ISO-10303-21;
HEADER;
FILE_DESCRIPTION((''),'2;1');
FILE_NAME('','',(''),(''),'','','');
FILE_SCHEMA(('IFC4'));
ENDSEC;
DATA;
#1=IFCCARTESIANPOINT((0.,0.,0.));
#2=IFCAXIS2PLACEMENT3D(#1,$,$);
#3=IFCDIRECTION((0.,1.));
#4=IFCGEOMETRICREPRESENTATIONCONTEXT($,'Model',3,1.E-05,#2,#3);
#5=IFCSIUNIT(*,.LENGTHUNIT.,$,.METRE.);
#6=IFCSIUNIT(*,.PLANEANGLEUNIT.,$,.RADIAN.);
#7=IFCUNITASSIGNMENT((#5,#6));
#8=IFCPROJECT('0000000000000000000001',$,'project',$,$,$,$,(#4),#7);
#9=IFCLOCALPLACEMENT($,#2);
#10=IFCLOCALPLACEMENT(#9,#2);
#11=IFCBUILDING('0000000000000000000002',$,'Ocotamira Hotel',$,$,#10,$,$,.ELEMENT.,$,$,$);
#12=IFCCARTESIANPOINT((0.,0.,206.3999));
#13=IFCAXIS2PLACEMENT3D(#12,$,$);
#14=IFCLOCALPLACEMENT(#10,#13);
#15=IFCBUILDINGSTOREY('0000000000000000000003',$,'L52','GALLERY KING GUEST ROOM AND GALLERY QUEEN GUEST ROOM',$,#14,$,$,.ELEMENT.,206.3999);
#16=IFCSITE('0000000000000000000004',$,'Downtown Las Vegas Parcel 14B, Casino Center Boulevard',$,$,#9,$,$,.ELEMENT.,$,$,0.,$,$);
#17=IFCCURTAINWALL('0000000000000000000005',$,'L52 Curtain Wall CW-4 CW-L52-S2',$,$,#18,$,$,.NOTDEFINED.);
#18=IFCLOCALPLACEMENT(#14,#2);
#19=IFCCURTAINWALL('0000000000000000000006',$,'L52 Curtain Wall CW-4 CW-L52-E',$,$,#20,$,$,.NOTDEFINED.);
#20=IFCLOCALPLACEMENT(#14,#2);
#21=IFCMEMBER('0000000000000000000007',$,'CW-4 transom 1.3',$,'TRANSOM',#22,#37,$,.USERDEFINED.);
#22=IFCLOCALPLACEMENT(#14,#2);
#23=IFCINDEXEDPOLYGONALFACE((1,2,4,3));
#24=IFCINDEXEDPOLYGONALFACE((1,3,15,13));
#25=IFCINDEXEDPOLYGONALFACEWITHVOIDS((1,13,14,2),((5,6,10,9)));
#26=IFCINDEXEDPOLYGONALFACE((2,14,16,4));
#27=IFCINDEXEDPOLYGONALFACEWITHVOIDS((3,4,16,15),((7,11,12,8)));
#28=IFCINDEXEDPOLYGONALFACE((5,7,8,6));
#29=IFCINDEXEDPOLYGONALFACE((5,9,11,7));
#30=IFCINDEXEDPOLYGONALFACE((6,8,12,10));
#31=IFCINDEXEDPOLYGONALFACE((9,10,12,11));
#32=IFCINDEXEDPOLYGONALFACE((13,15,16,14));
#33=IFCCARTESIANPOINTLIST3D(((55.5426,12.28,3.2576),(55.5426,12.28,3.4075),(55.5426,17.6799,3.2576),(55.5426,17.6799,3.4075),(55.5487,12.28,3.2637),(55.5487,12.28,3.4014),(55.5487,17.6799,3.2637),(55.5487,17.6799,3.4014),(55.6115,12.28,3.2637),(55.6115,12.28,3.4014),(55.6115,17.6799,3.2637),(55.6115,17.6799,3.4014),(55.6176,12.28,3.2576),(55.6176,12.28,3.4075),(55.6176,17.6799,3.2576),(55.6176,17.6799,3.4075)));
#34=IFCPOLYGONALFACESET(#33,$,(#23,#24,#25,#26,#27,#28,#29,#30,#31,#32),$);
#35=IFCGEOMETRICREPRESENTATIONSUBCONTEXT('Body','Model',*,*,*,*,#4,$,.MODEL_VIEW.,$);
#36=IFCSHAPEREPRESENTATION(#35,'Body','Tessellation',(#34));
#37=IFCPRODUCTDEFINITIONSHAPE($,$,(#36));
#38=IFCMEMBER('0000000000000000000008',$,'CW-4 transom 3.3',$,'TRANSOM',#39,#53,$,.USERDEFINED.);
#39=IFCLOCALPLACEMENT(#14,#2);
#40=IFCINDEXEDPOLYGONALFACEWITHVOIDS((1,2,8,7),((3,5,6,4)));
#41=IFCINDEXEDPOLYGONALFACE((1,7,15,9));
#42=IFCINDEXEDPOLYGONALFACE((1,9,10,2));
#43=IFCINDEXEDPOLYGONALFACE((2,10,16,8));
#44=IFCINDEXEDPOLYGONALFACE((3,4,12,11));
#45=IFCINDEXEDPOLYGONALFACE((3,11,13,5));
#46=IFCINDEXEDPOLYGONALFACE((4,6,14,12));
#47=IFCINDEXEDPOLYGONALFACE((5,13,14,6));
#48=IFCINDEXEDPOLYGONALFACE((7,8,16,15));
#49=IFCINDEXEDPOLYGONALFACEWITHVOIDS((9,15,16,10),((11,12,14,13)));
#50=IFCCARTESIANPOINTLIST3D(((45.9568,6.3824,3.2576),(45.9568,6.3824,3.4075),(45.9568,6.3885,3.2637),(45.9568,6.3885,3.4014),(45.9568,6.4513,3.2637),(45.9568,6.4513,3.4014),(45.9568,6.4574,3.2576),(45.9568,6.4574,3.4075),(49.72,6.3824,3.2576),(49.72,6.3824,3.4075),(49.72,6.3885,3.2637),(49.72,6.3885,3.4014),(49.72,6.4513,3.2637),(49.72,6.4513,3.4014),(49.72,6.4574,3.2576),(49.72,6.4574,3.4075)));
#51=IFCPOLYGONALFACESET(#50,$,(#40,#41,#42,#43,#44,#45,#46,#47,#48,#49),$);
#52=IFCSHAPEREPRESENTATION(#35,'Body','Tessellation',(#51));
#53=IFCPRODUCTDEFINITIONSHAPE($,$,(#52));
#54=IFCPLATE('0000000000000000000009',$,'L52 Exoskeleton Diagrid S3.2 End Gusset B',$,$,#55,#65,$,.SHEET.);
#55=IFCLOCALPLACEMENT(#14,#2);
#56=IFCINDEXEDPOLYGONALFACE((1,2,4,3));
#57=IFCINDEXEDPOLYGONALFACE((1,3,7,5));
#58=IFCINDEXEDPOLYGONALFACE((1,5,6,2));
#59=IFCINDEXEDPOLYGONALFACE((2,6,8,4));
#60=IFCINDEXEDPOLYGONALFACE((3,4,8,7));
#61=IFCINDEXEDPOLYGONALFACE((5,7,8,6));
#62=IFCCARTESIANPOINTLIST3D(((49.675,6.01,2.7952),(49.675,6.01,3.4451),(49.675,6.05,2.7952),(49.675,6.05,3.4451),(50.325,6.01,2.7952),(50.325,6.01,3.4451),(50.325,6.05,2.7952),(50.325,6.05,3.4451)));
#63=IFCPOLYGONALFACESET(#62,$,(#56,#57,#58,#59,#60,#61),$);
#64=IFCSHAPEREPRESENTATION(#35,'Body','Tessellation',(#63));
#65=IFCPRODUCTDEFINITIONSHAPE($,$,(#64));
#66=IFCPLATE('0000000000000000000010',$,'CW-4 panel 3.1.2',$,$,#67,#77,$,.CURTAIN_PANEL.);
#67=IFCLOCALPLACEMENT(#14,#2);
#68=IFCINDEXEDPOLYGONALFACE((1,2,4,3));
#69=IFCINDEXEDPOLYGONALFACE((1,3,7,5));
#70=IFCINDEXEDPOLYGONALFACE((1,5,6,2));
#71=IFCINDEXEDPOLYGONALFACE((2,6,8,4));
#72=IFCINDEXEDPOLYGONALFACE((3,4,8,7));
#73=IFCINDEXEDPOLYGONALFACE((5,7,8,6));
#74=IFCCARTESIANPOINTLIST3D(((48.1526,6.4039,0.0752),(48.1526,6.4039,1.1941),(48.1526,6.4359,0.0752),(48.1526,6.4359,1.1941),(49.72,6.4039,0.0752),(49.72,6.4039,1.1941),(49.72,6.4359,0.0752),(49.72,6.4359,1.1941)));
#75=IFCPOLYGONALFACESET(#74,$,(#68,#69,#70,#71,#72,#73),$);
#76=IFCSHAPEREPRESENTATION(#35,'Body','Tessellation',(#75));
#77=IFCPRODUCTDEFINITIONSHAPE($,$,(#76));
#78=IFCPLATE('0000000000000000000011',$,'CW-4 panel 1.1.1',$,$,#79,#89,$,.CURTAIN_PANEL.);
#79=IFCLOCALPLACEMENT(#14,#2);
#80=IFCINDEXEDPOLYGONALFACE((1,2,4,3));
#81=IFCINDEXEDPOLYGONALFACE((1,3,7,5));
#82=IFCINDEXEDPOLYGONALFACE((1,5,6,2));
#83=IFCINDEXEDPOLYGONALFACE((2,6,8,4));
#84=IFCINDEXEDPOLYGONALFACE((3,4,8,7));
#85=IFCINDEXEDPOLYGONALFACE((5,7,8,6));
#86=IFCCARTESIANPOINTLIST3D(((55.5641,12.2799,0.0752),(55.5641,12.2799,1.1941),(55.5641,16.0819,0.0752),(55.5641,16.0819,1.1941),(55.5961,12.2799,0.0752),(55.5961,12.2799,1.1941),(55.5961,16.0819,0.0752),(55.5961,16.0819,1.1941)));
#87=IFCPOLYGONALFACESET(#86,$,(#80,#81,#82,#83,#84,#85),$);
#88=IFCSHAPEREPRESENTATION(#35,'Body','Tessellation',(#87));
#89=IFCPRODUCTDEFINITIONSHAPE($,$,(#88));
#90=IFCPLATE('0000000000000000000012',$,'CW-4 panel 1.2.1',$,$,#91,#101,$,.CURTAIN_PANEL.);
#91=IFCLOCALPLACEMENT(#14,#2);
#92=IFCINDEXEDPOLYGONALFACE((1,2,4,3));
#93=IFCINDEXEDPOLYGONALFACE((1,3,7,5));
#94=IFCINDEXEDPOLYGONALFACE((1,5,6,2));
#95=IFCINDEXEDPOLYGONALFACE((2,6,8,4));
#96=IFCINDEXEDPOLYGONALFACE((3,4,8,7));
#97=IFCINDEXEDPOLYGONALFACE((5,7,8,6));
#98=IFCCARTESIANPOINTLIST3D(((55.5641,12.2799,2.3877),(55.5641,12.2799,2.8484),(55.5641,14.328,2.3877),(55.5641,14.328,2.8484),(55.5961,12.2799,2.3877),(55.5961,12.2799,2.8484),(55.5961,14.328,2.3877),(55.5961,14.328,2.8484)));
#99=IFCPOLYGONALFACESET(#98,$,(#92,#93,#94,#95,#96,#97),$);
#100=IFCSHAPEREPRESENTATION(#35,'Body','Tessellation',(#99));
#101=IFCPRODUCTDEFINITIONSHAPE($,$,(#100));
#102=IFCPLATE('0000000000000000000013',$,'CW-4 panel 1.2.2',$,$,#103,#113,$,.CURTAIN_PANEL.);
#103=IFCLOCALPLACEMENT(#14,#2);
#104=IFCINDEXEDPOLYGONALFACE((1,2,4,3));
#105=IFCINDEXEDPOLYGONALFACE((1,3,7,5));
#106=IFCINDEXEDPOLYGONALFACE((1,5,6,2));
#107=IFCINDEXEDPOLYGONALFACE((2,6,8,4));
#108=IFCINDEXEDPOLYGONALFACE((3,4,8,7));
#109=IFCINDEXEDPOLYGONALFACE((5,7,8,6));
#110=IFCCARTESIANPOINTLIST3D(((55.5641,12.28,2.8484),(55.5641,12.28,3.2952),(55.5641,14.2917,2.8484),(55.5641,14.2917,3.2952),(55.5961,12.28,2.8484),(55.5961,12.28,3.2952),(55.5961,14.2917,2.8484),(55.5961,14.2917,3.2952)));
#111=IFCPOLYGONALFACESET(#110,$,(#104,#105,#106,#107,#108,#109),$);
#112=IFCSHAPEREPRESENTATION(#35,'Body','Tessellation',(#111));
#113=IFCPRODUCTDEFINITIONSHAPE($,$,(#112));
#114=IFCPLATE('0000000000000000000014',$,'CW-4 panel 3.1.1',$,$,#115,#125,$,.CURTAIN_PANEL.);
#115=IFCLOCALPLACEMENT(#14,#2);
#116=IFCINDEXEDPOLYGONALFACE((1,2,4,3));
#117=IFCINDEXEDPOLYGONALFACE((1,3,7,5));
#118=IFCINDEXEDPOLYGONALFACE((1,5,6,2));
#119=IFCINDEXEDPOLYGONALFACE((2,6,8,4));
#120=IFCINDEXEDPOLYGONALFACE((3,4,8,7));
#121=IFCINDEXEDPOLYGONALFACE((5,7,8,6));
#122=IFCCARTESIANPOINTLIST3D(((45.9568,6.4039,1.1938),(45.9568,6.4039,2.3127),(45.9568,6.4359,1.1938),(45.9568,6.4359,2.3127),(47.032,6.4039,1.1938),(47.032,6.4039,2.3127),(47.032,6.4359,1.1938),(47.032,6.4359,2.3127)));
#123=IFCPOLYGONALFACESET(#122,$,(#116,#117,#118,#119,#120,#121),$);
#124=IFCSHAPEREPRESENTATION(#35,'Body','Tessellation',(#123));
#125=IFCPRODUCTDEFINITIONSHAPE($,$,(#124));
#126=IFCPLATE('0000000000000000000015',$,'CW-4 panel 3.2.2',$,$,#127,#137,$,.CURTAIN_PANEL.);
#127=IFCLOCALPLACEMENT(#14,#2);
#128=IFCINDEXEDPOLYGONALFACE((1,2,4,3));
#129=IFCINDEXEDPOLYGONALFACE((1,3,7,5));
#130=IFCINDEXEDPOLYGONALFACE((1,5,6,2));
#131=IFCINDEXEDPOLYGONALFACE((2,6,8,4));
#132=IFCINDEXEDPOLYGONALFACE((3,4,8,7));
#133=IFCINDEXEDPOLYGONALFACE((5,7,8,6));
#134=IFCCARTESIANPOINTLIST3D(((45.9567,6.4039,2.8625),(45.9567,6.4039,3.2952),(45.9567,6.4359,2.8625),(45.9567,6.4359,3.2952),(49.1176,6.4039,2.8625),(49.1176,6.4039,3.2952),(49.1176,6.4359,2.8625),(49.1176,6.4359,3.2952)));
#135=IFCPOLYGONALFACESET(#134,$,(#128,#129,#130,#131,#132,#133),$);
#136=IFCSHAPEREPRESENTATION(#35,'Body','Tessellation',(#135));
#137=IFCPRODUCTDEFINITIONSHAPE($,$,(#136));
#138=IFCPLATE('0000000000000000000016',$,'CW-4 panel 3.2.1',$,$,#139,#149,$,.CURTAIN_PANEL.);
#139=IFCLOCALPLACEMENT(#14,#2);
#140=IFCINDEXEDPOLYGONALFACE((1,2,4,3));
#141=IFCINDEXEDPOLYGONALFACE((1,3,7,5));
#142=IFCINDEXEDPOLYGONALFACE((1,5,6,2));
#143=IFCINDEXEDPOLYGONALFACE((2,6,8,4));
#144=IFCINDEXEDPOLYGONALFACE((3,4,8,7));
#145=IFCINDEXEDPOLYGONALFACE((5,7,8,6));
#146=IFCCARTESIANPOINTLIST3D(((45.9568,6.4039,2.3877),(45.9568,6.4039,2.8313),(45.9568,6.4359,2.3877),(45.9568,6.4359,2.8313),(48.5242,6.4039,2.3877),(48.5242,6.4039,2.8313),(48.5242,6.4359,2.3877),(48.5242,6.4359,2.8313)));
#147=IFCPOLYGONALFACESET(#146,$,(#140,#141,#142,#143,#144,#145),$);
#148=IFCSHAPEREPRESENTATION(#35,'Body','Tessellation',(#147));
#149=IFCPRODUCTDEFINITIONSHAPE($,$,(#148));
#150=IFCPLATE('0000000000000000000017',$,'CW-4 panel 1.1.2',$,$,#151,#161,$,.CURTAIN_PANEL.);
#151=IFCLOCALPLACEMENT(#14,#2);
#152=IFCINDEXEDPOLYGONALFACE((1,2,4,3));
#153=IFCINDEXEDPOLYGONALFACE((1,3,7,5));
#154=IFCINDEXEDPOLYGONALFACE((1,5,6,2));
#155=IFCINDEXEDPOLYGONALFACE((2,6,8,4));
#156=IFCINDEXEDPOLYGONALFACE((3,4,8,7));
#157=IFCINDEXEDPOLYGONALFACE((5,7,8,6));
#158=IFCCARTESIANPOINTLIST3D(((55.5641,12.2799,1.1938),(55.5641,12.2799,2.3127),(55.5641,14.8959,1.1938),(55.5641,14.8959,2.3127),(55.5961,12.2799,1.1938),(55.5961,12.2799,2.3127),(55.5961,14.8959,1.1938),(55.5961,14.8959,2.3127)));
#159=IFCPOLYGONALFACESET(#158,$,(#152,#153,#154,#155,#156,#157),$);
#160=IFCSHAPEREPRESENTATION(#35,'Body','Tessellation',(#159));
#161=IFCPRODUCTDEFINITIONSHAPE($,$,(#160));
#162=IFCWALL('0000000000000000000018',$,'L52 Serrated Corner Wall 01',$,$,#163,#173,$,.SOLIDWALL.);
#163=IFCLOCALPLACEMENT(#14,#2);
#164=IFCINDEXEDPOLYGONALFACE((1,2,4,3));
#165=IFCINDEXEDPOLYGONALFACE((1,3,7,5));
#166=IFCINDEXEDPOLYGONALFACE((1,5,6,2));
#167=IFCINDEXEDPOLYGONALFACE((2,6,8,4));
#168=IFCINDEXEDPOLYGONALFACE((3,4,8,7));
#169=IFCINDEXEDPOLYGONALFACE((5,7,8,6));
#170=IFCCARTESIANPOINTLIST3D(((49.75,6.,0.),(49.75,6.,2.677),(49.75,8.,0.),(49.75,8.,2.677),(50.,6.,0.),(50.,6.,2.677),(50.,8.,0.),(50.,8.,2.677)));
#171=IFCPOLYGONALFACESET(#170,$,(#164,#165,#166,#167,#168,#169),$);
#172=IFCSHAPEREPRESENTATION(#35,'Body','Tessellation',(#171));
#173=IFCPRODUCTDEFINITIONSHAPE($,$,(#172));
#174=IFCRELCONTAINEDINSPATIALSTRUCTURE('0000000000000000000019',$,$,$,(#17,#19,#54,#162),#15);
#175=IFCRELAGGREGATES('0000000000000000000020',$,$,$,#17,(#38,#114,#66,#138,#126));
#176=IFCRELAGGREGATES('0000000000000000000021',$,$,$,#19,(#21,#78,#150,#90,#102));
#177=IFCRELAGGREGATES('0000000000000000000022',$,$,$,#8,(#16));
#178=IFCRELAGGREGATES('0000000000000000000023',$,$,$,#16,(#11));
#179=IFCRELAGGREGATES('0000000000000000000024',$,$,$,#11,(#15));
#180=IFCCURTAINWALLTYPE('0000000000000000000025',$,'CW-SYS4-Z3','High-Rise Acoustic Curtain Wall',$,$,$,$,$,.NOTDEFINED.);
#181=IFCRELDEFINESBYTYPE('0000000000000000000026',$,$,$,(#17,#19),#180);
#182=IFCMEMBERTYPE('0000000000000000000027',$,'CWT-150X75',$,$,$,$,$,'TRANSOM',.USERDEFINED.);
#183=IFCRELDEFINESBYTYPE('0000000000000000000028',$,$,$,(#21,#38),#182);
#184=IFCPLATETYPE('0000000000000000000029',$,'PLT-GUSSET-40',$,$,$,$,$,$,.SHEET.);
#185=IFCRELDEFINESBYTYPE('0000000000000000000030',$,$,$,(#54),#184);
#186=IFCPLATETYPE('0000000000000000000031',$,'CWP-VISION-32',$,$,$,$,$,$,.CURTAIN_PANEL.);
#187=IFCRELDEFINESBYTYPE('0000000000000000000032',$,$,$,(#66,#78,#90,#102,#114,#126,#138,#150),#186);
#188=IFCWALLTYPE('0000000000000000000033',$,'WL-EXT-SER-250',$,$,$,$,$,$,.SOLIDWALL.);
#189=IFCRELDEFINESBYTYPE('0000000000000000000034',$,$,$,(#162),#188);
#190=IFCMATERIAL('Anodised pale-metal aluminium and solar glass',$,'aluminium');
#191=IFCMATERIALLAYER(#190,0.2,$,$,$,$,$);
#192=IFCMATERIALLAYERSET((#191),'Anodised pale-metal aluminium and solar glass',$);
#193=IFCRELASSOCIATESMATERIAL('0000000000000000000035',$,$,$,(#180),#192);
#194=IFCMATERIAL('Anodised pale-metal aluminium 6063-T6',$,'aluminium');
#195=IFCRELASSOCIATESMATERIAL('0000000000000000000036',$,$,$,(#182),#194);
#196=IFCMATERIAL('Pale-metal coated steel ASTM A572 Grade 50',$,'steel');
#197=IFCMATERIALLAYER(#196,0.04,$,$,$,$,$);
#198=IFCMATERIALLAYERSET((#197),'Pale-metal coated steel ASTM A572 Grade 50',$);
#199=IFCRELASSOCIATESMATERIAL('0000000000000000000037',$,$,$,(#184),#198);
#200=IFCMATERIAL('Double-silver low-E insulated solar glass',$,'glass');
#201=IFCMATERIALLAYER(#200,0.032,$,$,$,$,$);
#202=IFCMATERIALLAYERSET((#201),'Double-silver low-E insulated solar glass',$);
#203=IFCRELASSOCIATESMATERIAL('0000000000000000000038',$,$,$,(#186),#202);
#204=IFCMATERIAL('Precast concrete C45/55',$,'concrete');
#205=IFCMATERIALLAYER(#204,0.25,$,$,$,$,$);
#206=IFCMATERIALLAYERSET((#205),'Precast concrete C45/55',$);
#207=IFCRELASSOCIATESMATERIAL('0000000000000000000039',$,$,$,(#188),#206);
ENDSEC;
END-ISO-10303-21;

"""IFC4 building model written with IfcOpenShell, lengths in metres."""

from ifc_helpers import new_model, si_unit, direction, frame, frame_2d, origin, origin_2d, place, context, subcontext, project, spatial, rectangle, hollow_rectangle, extrude, source, transform, mapped, material, layer, layer_set, material_profile, profile_set, type_object, element, aggregate, save


model = new_model("IFC4")

# Units and contexts
model_context = context("Model", 3, precision=1e-05, world=origin(), true_north=direction((0.0, 1.0)))
body_context = subcontext(model_context, "Body", "Model", "MODEL_VIEW")
ifc_project = project(units=[si_unit("LENGTHUNIT", "METRE"), si_unit("PLANEANGLEUNIT", "RADIAN")], contexts=[model_context])

# Site, building, storey
site_placement = place(None, origin())
site = spatial("IfcSite", under=ifc_project, at=site_placement, Name="Downtown Las Vegas Parcel 14B, Casino Center Boulevard", CompositionType="ELEMENT", RefElevation=0.0)
building_placement = place(site_placement, origin())
building = spatial("IfcBuilding", under=site, at=building_placement, Name="Ocotamira Hotel", CompositionType="ELEMENT")
storey_placement = place(building_placement, frame((0.0, 0.0, 206.3999)))
storey = spatial("IfcBuildingStorey", under=building, at=storey_placement, Name="L52", Description="GALLERY KING GUEST ROOM AND GALLERY QUEEN GUEST ROOM", CompositionType="ELEMENT", Elevation=206.3999)

# Curtain wall
ifc_material_1 = material(Name="Anodised pale-metal aluminium and solar glass", Category="aluminium")
ifc_layer_1 = layer(ifc_material_1, 0.2)
ifc_layer_set_1 = layer_set([ifc_layer_1], Name="Anodised pale-metal aluminium and solar glass")
curtain_wall_type = type_object("IfcCurtainWallType", Name="CW-SYS4-Z3", Description="High-Rise Acoustic Curtain Wall", PredefinedType="NOTDEFINED", material=ifc_layer_set_1)
curtain_wall_1_placement = place(storey_placement, origin())
curtain_wall_1 = element("IfcCurtainWall", 1, at=curtain_wall_1_placement, inside=storey, type_object=curtain_wall_type, Name="L52 Curtain Wall CW-4 CW-L52-S2", PredefinedType="NOTDEFINED")
ifc_material_2 = material(Name="Anodised pale-metal aluminium 6063-T6", Category="aluminium")

# Curtain wall, member
curtain_wall_2_placement = place(storey_placement, origin())
curtain_wall_2 = element("IfcCurtainWall", 2, at=curtain_wall_2_placement, inside=storey, type_object=curtain_wall_type, Name="L52 Curtain Wall CW-4 CW-L52-E", PredefinedType="NOTDEFINED")
ifc_material_profile_1 = material_profile(ifc_material_2, hollow_rectangle(XDim=0.075, YDim=0.1499, WallThickness=0.0061, at=origin_2d()), Name="HSS150X75X6")
ifc_profile_set_1 = profile_set([ifc_material_profile_1], Name="Anodised pale-metal aluminium 6063-T6")
member_type_1 = type_object("IfcMemberType", Name="CWT-150X75", ElementType="TRANSOM", PredefinedType="USERDEFINED", material=ifc_profile_set_1)
shared_shape_1 = source(origin(), body_context, "Body", "SweptSolid", [
    extrude(hollow_rectangle(XDim=0.075, YDim=0.1499, WallThickness=0.0061, at=origin_2d()), origin(), (0.0, 0.0, 1.0), 5.3999),
])
member_1_placement = place(storey_placement, frame((55.5801, 12.28, 3.3325), z_axis=(0.0, 1.0, 0.0), x_axis=(-1.0, 0.0, 0.0)))
member_1 = element("IfcMember", 3, at=member_1_placement, type_object=member_type_1, Name="CW-4 transom 1.3", ObjectType="TRANSOM", PredefinedType="USERDEFINED", context=body_context, shape_type="MappedRepresentation", body=[
    mapped(shared_shape_1, transform((0.0, 0.0, 0.0), scale=1.0)),
])

# Member
shared_shape_2 = source(origin(), body_context, "Body", "SweptSolid", [
    extrude(hollow_rectangle(XDim=0.075, YDim=0.1499, WallThickness=0.0061, at=origin_2d()), origin(), (0.0, 0.0, 1.0), 3.7632),
])
member_2_placement = place(storey_placement, frame((45.9568, 6.4199, 3.3325), z_axis=(1.0, 0.0, 0.0), x_axis=(0.0, 1.0, 0.0)))
member_2 = element("IfcMember", 4, at=member_2_placement, type_object=member_type_1, Name="CW-4 transom 3.3", ObjectType="TRANSOM", PredefinedType="USERDEFINED", context=body_context, shape_type="MappedRepresentation", body=[
    mapped(shared_shape_2, transform((0.0, 0.0, 0.0), scale=1.0)),
])

# Plates
ifc_material_3 = material(Name="Pale-metal coated steel ASTM A572 Grade 50", Category="steel")
ifc_layer_2 = layer(ifc_material_3, 0.04)
ifc_layer_set_2 = layer_set([ifc_layer_2], Name="Pale-metal coated steel ASTM A572 Grade 50")
plate_type_1 = type_object("IfcPlateType", Name="PLT-GUSSET-40", PredefinedType="SHEET", material=ifc_layer_set_2)
shared_shape_3 = source(origin(), body_context, "Body", "SweptSolid", [
    extrude(rectangle(XDim=0.6499, YDim=0.04, at=origin_2d()), origin(), (0.0, 0.0, 1.0), 0.6499),
])
plate_1_placement = place(storey_placement, frame((50.0, 6.03, 2.7952), z_axis=(0.0, 0.0, 1.0), x_axis=(1.0, 0.0, 0.0)))
element("IfcPlate", 5, at=plate_1_placement, inside=storey, type_object=plate_type_1, Name="L52 Exoskeleton Diagrid S3.2 End Gusset B", PredefinedType="SHEET", context=body_context, shape_type="MappedRepresentation", body=[
    mapped(shared_shape_3, transform((0.0, 0.0, 0.0), scale=1.0)),
])
ifc_material_4 = material(Name="Double-silver low-E insulated solar glass", Category="glass")
ifc_layer_3 = layer(ifc_material_4, 0.032)
ifc_layer_set_3 = layer_set([ifc_layer_3], Name="Double-silver low-E insulated solar glass")
plate_type_2 = type_object("IfcPlateType", Name="CWP-VISION-32", PredefinedType="CURTAIN_PANEL", material=ifc_layer_set_3)
shared_shape_4 = source(origin(), body_context, "Body", "SweptSolid", [
    extrude(rectangle(XDim=1.5674, YDim=0.032, at=origin_2d()), origin(), (0.0, 0.0, 1.0), 1.1189),
])
plate_2_placement = place(storey_placement, frame((48.9363, 6.4199, 0.0752), z_axis=(0.0, 0.0, 1.0), x_axis=(1.0, 0.0, 0.0)))
plate_2 = element("IfcPlate", 6, at=plate_2_placement, type_object=plate_type_2, Name="CW-4 panel 3.1.2", PredefinedType="CURTAIN_PANEL", context=body_context, shape_type="MappedRepresentation", body=[
    mapped(shared_shape_4, transform((0.0, 0.0, 0.0), scale=1.0)),
])
shared_shape_5 = source(origin(), body_context, "Body", "SweptSolid", [
    extrude(rectangle(XDim=3.802, YDim=0.032, at=origin_2d()), origin(), (0.0, 0.0, 1.0), 1.1189),
])
plate_3_placement = place(storey_placement, frame((55.5801, 14.1809, 0.0752), z_axis=(0.0, 0.0, 1.0), x_axis=(0.0, 1.0, 0.0)))
plate_3 = element("IfcPlate", 7, at=plate_3_placement, type_object=plate_type_2, Name="CW-4 panel 1.1.1", PredefinedType="CURTAIN_PANEL", context=body_context, shape_type="MappedRepresentation", body=[
    mapped(shared_shape_5, transform((0.0, 0.0, 0.0), scale=1.0)),
])
shared_shape_6 = source(origin(), body_context, "Body", "SweptSolid", [
    extrude(rectangle(XDim=2.0481, YDim=0.032, at=origin_2d()), origin(), (0.0, 0.0, 1.0), 0.4607),
])
plate_4_placement = place(storey_placement, frame((55.5801, 13.304, 2.3877), z_axis=(0.0, 0.0, 1.0), x_axis=(0.0, 1.0, 0.0)))
plate_4 = element("IfcPlate", 8, at=plate_4_placement, type_object=plate_type_2, Name="CW-4 panel 1.2.1", PredefinedType="CURTAIN_PANEL", context=body_context, shape_type="MappedRepresentation", body=[
    mapped(shared_shape_6, transform((0.0, 0.0, 0.0), scale=1.0)),
])
shared_shape_7 = source(origin(), body_context, "Body", "SweptSolid", [
    extrude(rectangle(XDim=2.0117, YDim=0.032, at=origin_2d()), origin(), (0.0, 0.0, 1.0), 0.4468),
])
plate_5_placement = place(storey_placement, frame((55.5801, 13.2859, 2.8484), z_axis=(0.0, 0.0, 1.0), x_axis=(0.0, 1.0, 0.0)))
plate_5 = element("IfcPlate", 9, at=plate_5_placement, type_object=plate_type_2, Name="CW-4 panel 1.2.2", PredefinedType="CURTAIN_PANEL", context=body_context, shape_type="MappedRepresentation", body=[
    mapped(shared_shape_7, transform((0.0, 0.0, 0.0), scale=1.0)),
])
shared_shape_8 = source(origin(), body_context, "Body", "SweptSolid", [
    extrude(rectangle(XDim=1.0752, YDim=0.032, at=origin_2d()), origin(), (0.0, 0.0, 1.0), 1.1189),
])
plate_6_placement = place(storey_placement, frame((46.4944, 6.4199, 1.1938), z_axis=(0.0, 0.0, 1.0), x_axis=(1.0, 0.0, 0.0)))
plate_6 = element("IfcPlate", 10, at=plate_6_placement, type_object=plate_type_2, Name="CW-4 panel 3.1.1", PredefinedType="CURTAIN_PANEL", context=body_context, shape_type="MappedRepresentation", body=[
    mapped(shared_shape_8, transform((0.0, 0.0, 0.0), scale=1.0)),
])
shared_shape_9 = source(origin(), body_context, "Body", "SweptSolid", [
    extrude(rectangle(XDim=3.1609, YDim=0.032, at=origin_2d()), origin(), (0.0, 0.0, 1.0), 0.4326),
])
plate_7_placement = place(storey_placement, frame((47.5371, 6.4199, 2.8625), z_axis=(0.0, 0.0, 1.0), x_axis=(1.0, 0.0, 0.0)))
plate_7 = element("IfcPlate", 11, at=plate_7_placement, type_object=plate_type_2, Name="CW-4 panel 3.2.2", PredefinedType="CURTAIN_PANEL", context=body_context, shape_type="MappedRepresentation", body=[
    mapped(shared_shape_9, transform((0.0, 0.0, 0.0), scale=1.0)),
])
shared_shape_10 = source(origin(), body_context, "Body", "SweptSolid", [
    extrude(rectangle(XDim=2.5674, YDim=0.032, at=origin_2d()), origin(), (0.0, 0.0, 1.0), 0.4436),
])
plate_8_placement = place(storey_placement, frame((47.2405, 6.4199, 2.3877), z_axis=(0.0, 0.0, 1.0), x_axis=(1.0, 0.0, 0.0)))
plate_8 = element("IfcPlate", 12, at=plate_8_placement, type_object=plate_type_2, Name="CW-4 panel 3.2.1", PredefinedType="CURTAIN_PANEL", context=body_context, shape_type="MappedRepresentation", body=[
    mapped(shared_shape_10, transform((0.0, 0.0, 0.0), scale=1.0)),
])
aggregate(curtain_wall_1, [member_2, plate_6, plate_2, plate_8, plate_7])
shared_shape_11 = source(origin(), body_context, "Body", "SweptSolid", [
    extrude(rectangle(XDim=2.616, YDim=0.032, at=origin_2d()), origin(), (0.0, 0.0, 1.0), 1.1189),
])
plate_9_placement = place(storey_placement, frame((55.5801, 13.5879, 1.1938), z_axis=(0.0, 0.0, 1.0), x_axis=(0.0, 1.0, 0.0)))
plate_9 = element("IfcPlate", 13, at=plate_9_placement, type_object=plate_type_2, Name="CW-4 panel 1.1.2", PredefinedType="CURTAIN_PANEL", context=body_context, shape_type="MappedRepresentation", body=[
    mapped(shared_shape_11, transform((0.0, 0.0, 0.0), scale=1.0)),
])
aggregate(curtain_wall_2, [member_1, plate_3, plate_9, plate_4, plate_5])

# Wall
ifc_material_5 = material(Name="Precast concrete C45/55", Category="concrete")
ifc_layer_4 = layer(ifc_material_5, 0.25)
ifc_layer_set_4 = layer_set([ifc_layer_4], Name="Precast concrete C45/55")
wall_type_1 = type_object("IfcWallType", Name="WL-EXT-SER-250", PredefinedType="SOLIDWALL", material=ifc_layer_set_4)
wall_1_placement = place(storey_placement, frame((49.875, 6.0, 0.0), z_axis=(0.0, 0.0, 1.0), x_axis=(0.0, 1.0, 0.0)))
element("IfcWall", 14, at=wall_1_placement, inside=storey, type_object=wall_type_1, Name="L52 Serrated Corner Wall 01", PredefinedType="SOLIDWALL", context=body_context, shape_type="SweptSolid", body=[
    extrude(rectangle(XDim=2.0, YDim=0.25, at=frame_2d((1.0, 0.0))), origin(), (0.0, 0.0, 1.0), 2.677),
])

save(model, "model.ifc")
